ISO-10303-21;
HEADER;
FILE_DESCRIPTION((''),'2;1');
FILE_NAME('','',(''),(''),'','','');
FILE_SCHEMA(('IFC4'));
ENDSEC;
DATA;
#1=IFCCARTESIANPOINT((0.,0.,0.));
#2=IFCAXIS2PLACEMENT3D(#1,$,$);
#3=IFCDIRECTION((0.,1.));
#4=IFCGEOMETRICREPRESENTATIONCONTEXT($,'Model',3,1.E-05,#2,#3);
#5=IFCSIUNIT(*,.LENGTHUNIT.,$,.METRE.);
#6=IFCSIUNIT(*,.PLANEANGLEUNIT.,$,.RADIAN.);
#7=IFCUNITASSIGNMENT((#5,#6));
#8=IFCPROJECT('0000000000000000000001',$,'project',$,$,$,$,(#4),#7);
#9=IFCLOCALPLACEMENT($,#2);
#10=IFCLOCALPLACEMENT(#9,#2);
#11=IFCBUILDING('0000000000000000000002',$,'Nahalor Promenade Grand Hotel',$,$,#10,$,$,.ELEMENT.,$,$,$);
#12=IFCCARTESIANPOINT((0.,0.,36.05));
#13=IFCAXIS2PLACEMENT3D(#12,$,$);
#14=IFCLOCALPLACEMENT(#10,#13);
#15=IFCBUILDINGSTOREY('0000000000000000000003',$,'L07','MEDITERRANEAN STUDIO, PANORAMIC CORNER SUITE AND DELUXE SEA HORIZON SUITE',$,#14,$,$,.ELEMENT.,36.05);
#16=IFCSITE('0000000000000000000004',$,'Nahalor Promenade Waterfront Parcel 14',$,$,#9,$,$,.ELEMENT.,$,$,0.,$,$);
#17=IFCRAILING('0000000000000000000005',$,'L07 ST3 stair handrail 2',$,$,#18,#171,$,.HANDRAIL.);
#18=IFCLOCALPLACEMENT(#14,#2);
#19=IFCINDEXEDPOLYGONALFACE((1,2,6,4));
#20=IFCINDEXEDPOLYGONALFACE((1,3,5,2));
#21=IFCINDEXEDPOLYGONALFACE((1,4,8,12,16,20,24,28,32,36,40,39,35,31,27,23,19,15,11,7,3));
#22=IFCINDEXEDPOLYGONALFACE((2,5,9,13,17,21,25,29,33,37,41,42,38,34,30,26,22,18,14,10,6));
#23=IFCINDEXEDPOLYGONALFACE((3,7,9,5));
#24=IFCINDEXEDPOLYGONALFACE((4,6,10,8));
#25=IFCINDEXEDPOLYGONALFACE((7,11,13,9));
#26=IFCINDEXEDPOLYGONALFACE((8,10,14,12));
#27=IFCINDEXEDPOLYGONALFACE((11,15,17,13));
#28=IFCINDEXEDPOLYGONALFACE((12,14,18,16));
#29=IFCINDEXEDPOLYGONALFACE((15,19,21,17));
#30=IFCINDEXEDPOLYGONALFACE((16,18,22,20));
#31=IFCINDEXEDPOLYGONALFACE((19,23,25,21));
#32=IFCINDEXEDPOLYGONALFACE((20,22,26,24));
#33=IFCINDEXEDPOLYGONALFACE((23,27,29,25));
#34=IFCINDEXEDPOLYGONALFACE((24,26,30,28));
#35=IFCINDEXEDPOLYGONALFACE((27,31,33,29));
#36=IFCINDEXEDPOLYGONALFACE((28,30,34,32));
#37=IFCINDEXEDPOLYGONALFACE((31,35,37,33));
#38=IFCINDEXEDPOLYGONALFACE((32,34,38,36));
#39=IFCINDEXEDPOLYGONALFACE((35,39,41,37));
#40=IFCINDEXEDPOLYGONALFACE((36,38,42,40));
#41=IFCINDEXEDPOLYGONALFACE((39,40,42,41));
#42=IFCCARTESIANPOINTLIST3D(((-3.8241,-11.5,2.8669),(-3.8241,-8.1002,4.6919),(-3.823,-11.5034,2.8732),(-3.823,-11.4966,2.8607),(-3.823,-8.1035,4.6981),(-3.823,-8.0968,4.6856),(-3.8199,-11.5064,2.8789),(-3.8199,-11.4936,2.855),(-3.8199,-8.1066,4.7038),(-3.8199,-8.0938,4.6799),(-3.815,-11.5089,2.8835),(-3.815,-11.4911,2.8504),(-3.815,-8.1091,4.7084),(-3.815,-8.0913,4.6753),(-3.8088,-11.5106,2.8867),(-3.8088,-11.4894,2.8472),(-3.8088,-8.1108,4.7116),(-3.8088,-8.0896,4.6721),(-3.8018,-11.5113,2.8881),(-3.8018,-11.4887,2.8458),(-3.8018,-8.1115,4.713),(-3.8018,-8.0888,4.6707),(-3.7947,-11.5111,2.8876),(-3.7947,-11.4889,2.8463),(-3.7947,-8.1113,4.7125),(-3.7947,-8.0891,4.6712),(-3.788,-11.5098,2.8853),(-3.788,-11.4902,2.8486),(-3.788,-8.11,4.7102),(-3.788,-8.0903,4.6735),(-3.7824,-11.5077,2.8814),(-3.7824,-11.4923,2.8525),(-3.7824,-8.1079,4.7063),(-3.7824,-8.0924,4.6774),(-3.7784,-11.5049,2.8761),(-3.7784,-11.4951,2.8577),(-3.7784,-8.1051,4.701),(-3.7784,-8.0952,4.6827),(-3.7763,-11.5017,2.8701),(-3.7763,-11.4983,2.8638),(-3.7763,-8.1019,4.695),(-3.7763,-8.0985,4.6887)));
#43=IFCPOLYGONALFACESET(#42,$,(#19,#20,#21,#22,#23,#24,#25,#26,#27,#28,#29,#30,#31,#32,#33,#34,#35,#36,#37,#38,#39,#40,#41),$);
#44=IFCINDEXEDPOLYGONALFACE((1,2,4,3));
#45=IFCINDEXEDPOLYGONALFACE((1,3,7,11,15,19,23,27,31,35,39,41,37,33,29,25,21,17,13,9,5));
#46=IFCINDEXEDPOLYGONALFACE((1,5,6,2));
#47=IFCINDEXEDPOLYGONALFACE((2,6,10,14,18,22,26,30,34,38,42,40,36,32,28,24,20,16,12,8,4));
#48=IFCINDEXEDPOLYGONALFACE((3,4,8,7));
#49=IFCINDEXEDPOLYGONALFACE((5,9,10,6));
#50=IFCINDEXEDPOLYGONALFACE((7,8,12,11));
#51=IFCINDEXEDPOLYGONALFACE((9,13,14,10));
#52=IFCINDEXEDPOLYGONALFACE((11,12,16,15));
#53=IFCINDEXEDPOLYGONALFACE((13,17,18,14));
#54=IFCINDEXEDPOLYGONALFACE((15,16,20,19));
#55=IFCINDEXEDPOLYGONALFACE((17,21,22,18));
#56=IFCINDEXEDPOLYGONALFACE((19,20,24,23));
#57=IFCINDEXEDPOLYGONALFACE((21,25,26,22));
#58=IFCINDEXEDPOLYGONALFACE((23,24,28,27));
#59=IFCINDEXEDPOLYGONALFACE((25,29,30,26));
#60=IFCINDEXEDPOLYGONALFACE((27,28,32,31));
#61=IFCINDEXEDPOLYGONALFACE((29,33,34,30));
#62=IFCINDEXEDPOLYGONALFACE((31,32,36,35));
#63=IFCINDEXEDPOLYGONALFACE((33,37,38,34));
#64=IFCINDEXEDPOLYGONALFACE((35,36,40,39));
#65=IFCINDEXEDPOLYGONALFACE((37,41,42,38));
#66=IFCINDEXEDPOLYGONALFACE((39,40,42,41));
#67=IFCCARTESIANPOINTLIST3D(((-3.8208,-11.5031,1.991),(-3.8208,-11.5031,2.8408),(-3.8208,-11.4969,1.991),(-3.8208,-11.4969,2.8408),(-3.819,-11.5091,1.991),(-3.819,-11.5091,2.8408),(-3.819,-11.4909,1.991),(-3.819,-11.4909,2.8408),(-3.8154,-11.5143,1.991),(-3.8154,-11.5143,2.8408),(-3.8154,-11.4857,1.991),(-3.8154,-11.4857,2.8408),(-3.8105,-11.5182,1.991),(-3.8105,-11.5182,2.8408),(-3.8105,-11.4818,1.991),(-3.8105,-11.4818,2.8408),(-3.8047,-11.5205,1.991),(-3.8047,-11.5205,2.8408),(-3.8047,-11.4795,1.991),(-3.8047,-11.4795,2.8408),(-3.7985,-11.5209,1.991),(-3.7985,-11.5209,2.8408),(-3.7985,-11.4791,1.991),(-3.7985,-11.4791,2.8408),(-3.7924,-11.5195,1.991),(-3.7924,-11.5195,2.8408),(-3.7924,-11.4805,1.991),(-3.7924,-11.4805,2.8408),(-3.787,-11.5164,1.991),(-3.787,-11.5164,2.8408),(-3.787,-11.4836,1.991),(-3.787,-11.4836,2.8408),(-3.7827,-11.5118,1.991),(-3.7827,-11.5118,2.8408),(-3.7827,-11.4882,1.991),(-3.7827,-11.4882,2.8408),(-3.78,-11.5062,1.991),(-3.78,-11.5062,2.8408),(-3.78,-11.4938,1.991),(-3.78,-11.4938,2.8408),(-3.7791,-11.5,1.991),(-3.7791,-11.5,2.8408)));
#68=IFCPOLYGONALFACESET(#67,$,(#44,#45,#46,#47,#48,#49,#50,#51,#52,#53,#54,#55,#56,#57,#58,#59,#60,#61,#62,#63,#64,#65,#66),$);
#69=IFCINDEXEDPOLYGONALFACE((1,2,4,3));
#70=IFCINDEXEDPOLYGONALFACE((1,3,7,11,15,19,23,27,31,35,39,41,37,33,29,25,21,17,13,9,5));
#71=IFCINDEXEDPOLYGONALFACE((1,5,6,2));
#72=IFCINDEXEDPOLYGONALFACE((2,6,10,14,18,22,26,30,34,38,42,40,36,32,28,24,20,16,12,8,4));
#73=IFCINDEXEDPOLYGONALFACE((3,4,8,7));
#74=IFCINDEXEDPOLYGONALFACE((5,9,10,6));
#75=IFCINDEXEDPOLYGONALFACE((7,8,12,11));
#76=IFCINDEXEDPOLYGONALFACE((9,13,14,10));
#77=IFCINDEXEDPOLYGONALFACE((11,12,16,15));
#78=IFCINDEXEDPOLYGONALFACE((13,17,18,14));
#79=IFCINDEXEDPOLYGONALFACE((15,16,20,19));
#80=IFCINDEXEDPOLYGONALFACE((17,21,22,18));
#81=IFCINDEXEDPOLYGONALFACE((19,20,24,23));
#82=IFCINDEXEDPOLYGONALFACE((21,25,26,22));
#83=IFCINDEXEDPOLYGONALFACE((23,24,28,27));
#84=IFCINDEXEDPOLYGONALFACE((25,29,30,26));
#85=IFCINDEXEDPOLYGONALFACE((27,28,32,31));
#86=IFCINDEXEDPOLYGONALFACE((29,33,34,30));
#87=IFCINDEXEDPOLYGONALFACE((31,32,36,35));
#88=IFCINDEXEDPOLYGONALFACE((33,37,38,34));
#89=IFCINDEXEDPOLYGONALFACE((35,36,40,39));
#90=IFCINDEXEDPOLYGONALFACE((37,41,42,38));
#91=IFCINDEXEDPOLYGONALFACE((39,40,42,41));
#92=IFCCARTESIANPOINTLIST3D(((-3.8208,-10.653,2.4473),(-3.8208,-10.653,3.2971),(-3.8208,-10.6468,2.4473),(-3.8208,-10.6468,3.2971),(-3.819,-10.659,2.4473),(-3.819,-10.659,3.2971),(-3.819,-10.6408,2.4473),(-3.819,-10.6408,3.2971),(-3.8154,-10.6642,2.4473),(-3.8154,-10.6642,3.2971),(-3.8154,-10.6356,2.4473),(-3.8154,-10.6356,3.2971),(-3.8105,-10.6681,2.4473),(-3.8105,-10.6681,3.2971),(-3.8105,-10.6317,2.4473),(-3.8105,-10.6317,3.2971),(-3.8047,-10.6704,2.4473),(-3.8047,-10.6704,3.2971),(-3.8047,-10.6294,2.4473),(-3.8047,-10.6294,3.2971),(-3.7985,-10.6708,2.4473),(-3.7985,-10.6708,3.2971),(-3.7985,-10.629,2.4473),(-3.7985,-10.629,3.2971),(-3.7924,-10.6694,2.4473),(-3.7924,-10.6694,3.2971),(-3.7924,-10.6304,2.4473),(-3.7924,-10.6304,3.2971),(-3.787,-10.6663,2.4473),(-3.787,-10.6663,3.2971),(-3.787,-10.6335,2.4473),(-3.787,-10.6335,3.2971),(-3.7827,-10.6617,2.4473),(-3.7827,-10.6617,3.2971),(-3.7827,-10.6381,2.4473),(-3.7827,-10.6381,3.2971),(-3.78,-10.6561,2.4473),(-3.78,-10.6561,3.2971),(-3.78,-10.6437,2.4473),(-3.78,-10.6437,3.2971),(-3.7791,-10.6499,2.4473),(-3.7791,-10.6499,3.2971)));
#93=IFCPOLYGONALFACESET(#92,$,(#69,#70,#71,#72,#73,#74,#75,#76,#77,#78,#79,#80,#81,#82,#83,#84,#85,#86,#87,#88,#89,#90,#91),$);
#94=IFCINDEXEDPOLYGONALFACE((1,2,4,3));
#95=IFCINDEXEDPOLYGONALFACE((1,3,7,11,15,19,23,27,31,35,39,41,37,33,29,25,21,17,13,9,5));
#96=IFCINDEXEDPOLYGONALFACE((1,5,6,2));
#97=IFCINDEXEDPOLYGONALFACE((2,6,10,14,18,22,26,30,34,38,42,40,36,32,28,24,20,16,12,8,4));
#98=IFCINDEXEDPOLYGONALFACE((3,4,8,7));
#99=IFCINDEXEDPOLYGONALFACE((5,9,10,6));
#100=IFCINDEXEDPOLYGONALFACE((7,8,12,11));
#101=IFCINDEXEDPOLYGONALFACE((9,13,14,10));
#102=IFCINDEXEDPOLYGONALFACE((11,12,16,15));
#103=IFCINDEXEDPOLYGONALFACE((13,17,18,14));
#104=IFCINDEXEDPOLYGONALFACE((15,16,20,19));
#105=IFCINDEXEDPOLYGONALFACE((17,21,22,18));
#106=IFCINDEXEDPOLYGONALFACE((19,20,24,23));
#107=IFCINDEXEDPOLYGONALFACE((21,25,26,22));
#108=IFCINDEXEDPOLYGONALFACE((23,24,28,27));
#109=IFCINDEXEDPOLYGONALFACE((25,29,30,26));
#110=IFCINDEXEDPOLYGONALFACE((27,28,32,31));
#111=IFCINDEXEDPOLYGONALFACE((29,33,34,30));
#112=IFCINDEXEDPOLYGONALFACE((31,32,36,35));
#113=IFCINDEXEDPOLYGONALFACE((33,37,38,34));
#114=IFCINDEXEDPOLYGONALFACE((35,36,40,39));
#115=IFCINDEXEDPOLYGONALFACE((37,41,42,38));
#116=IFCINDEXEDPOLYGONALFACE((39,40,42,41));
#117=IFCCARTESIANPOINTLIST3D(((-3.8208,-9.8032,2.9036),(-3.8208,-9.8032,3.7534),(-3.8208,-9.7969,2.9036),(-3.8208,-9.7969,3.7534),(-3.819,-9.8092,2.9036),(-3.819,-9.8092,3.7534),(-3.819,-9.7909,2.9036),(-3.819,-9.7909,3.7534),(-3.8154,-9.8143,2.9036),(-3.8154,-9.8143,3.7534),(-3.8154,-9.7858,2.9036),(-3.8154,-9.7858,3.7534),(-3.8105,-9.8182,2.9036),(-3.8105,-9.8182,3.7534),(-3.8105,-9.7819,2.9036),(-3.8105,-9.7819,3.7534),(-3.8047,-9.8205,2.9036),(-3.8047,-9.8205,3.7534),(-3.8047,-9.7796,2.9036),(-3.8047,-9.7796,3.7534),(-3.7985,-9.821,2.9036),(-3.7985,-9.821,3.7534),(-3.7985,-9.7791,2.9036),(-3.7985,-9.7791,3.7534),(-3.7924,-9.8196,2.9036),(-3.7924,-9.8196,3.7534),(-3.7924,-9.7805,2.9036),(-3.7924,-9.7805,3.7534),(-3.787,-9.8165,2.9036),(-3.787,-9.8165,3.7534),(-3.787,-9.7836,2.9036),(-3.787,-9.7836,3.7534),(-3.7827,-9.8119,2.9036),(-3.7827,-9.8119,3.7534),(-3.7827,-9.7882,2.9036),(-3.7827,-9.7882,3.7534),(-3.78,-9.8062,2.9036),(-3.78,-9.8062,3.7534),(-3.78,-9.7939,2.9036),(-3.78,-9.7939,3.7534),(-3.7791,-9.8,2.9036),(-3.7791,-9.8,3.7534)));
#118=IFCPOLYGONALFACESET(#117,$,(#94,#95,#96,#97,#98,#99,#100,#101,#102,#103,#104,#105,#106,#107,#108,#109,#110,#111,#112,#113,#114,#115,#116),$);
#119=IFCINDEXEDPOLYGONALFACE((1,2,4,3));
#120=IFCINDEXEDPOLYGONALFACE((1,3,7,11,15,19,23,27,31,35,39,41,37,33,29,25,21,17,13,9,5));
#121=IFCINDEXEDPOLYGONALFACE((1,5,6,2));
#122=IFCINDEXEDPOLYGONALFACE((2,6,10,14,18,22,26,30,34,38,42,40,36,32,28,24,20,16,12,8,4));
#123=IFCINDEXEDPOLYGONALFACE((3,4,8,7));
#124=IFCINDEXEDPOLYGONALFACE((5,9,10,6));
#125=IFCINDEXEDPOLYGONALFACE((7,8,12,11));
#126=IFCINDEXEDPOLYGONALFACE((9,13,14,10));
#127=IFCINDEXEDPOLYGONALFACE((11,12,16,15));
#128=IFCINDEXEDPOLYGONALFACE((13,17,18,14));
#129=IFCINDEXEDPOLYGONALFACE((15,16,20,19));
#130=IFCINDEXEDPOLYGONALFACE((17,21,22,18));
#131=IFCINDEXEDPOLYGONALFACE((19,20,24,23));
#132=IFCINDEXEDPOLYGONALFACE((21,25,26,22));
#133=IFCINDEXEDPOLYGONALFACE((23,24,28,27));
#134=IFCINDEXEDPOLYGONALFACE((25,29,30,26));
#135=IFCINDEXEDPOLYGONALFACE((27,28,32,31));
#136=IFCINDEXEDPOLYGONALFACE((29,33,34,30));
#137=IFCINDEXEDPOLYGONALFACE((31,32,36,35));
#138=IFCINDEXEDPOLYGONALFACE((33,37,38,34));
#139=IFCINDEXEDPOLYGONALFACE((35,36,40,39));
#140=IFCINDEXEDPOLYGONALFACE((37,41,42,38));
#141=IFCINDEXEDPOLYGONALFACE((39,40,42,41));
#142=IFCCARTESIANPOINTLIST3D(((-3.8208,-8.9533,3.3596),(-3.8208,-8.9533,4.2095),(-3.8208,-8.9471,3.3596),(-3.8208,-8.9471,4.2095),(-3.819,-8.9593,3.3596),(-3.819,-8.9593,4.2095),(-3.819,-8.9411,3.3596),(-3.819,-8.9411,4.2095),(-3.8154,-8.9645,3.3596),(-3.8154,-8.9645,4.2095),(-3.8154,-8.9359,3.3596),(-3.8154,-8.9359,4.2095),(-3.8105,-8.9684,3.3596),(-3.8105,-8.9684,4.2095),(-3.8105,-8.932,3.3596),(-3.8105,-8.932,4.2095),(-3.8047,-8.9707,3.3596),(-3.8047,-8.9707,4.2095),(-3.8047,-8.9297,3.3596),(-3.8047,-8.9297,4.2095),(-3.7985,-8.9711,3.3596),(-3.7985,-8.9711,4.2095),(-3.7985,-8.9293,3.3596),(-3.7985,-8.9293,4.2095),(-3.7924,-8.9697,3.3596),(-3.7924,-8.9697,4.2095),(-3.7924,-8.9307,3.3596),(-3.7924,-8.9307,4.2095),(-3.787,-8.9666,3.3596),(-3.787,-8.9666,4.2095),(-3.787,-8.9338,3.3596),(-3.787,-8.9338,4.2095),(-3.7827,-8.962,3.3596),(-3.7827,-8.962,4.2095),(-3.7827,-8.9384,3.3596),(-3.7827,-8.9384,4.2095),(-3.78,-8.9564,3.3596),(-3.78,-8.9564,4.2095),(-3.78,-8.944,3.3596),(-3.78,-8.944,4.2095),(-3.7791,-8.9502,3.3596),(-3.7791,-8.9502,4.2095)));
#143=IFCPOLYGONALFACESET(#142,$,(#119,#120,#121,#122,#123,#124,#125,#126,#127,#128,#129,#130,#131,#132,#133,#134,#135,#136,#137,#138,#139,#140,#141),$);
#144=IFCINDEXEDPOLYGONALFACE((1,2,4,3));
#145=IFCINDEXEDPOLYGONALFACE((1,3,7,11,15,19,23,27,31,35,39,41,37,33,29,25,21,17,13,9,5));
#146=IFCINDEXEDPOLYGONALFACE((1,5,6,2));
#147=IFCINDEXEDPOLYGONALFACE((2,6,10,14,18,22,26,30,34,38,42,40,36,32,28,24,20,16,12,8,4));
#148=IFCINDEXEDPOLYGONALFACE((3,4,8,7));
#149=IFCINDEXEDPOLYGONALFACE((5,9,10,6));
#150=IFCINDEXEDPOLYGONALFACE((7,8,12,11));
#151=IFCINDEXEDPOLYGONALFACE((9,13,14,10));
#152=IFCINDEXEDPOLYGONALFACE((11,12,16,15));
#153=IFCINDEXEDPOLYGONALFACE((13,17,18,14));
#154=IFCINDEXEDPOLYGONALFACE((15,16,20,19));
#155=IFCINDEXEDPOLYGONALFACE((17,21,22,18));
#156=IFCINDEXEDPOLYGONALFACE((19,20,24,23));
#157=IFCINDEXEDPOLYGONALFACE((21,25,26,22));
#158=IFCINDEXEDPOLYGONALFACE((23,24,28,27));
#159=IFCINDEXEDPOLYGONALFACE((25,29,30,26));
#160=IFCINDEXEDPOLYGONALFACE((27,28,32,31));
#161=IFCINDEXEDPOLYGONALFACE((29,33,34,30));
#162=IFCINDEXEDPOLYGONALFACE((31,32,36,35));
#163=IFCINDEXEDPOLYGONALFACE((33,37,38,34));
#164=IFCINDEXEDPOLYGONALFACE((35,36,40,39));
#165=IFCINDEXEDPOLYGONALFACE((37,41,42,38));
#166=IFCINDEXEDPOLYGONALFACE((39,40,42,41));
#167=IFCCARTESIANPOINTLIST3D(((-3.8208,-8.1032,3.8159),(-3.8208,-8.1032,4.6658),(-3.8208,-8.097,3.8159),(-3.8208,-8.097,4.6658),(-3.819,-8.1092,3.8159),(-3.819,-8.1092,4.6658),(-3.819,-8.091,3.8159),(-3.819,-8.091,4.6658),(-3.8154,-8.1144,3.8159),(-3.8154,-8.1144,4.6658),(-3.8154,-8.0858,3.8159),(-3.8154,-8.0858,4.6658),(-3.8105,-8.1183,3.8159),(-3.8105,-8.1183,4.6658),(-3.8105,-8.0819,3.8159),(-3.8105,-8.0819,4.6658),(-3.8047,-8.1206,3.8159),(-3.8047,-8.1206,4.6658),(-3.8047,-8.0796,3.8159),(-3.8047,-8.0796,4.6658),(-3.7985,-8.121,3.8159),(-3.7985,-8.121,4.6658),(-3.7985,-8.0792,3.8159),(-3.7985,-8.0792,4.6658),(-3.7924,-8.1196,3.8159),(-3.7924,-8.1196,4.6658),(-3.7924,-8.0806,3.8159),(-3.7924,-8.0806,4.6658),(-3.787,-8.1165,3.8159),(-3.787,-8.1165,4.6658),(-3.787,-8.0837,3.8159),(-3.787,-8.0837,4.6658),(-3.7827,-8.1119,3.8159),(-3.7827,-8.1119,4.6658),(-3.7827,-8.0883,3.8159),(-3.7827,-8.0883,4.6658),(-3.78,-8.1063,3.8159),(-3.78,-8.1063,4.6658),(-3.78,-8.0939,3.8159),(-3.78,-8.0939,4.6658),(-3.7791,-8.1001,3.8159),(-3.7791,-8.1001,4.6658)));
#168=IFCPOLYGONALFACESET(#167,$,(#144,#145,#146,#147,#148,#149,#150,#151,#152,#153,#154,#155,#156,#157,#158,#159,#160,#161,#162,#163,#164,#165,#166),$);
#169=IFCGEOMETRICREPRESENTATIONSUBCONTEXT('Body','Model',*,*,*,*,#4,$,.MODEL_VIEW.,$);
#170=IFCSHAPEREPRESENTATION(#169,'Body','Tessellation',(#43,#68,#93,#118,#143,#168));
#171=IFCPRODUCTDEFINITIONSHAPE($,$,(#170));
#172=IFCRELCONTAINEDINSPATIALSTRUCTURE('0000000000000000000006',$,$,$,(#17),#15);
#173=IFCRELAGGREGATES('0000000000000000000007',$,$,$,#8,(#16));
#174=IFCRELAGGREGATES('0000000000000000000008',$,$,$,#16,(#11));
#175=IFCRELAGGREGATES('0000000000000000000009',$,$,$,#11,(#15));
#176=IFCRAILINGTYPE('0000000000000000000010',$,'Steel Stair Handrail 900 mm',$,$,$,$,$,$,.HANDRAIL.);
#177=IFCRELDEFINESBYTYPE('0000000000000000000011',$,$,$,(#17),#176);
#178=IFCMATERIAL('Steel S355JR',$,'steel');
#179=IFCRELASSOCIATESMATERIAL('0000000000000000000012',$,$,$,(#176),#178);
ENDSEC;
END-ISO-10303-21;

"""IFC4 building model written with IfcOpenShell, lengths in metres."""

from ifc_helpers import new_model, si_unit, direction, frame, origin, origin_2d, place, context, subcontext, project, spatial, circle, extrude, material, type_object, element, save


model = new_model("IFC4")

# Units and contexts
model_context = context("Model", 3, precision=1e-05, world=origin(), true_north=direction((0.0, 1.0)))
body_context = subcontext(model_context, "Body", "Model", "MODEL_VIEW")
ifc_project = project(units=[si_unit("LENGTHUNIT", "METRE"), si_unit("PLANEANGLEUNIT", "RADIAN")], contexts=[model_context])

# Site, building, storey
site_placement = place(None, origin())
site = spatial("IfcSite", under=ifc_project, at=site_placement, Name="Nahalor Promenade Waterfront Parcel 14", CompositionType="ELEMENT", RefElevation=0.0)
building_placement = place(site_placement, origin())
building = spatial("IfcBuilding", under=site, at=building_placement, Name="Nahalor Promenade Grand Hotel", CompositionType="ELEMENT")
storey_placement = place(building_placement, frame((0.0, 0.0, 36.05)))
storey = spatial("IfcBuildingStorey", under=building, at=storey_placement, Name="L07", Description="MEDITERRANEAN STUDIO, PANORAMIC CORNER SUITE AND DELUXE SEA HORIZON SUITE", CompositionType="ELEMENT", Elevation=36.05)

# Shared definitions
ifc_material_1 = material(Name="Steel S355JR", Category="steel")

# Railing
railing_type_1 = type_object("IfcRailingType", Name="Steel Stair Handrail 900 mm", PredefinedType="HANDRAIL", material=ifc_material_1)
railing_1_placement = place(storey_placement, frame((-3.8, -11.5, 1.991)))
element("IfcRailing", 1, at=railing_1_placement, inside=storey, type_object=railing_type_1, Name="L07 ST3 stair handrail 2", PredefinedType="HANDRAIL", context=body_context, shape_type="SweptSolid", body=[
    extrude(circle(Radius=0.024, at=origin_2d()), frame((0.0, 0.0, 0.876), z_axis=(0.0, 0.881094, 0.472941), x_axis=(-1.0, 0.0, 0.0)), (0.0, 0.0, 1.0), 3.8586),
    extrude(circle(Radius=0.021, at=origin_2d()), origin(), (0.0, 0.0, 1.0), 0.8499),
    extrude(circle(Radius=0.021, at=origin_2d()), frame((0.0, 0.8501, 0.4563)), (0.0, 0.0, 1.0), 0.8499),
    extrude(circle(Radius=0.021, at=origin_2d()), frame((0.0, 1.7, 0.9126)), (0.0, 0.0, 1.0), 0.8499),
    extrude(circle(Radius=0.021, at=origin_2d()), frame((0.0, 2.5498, 1.3687)), (0.0, 0.0, 1.0), 0.8499),
    extrude(circle(Radius=0.021, at=origin_2d()), frame((0.0, 3.3999, 1.825)), (0.0, 0.0, 1.0), 0.8499),
])

save(model, "model.ifc")
